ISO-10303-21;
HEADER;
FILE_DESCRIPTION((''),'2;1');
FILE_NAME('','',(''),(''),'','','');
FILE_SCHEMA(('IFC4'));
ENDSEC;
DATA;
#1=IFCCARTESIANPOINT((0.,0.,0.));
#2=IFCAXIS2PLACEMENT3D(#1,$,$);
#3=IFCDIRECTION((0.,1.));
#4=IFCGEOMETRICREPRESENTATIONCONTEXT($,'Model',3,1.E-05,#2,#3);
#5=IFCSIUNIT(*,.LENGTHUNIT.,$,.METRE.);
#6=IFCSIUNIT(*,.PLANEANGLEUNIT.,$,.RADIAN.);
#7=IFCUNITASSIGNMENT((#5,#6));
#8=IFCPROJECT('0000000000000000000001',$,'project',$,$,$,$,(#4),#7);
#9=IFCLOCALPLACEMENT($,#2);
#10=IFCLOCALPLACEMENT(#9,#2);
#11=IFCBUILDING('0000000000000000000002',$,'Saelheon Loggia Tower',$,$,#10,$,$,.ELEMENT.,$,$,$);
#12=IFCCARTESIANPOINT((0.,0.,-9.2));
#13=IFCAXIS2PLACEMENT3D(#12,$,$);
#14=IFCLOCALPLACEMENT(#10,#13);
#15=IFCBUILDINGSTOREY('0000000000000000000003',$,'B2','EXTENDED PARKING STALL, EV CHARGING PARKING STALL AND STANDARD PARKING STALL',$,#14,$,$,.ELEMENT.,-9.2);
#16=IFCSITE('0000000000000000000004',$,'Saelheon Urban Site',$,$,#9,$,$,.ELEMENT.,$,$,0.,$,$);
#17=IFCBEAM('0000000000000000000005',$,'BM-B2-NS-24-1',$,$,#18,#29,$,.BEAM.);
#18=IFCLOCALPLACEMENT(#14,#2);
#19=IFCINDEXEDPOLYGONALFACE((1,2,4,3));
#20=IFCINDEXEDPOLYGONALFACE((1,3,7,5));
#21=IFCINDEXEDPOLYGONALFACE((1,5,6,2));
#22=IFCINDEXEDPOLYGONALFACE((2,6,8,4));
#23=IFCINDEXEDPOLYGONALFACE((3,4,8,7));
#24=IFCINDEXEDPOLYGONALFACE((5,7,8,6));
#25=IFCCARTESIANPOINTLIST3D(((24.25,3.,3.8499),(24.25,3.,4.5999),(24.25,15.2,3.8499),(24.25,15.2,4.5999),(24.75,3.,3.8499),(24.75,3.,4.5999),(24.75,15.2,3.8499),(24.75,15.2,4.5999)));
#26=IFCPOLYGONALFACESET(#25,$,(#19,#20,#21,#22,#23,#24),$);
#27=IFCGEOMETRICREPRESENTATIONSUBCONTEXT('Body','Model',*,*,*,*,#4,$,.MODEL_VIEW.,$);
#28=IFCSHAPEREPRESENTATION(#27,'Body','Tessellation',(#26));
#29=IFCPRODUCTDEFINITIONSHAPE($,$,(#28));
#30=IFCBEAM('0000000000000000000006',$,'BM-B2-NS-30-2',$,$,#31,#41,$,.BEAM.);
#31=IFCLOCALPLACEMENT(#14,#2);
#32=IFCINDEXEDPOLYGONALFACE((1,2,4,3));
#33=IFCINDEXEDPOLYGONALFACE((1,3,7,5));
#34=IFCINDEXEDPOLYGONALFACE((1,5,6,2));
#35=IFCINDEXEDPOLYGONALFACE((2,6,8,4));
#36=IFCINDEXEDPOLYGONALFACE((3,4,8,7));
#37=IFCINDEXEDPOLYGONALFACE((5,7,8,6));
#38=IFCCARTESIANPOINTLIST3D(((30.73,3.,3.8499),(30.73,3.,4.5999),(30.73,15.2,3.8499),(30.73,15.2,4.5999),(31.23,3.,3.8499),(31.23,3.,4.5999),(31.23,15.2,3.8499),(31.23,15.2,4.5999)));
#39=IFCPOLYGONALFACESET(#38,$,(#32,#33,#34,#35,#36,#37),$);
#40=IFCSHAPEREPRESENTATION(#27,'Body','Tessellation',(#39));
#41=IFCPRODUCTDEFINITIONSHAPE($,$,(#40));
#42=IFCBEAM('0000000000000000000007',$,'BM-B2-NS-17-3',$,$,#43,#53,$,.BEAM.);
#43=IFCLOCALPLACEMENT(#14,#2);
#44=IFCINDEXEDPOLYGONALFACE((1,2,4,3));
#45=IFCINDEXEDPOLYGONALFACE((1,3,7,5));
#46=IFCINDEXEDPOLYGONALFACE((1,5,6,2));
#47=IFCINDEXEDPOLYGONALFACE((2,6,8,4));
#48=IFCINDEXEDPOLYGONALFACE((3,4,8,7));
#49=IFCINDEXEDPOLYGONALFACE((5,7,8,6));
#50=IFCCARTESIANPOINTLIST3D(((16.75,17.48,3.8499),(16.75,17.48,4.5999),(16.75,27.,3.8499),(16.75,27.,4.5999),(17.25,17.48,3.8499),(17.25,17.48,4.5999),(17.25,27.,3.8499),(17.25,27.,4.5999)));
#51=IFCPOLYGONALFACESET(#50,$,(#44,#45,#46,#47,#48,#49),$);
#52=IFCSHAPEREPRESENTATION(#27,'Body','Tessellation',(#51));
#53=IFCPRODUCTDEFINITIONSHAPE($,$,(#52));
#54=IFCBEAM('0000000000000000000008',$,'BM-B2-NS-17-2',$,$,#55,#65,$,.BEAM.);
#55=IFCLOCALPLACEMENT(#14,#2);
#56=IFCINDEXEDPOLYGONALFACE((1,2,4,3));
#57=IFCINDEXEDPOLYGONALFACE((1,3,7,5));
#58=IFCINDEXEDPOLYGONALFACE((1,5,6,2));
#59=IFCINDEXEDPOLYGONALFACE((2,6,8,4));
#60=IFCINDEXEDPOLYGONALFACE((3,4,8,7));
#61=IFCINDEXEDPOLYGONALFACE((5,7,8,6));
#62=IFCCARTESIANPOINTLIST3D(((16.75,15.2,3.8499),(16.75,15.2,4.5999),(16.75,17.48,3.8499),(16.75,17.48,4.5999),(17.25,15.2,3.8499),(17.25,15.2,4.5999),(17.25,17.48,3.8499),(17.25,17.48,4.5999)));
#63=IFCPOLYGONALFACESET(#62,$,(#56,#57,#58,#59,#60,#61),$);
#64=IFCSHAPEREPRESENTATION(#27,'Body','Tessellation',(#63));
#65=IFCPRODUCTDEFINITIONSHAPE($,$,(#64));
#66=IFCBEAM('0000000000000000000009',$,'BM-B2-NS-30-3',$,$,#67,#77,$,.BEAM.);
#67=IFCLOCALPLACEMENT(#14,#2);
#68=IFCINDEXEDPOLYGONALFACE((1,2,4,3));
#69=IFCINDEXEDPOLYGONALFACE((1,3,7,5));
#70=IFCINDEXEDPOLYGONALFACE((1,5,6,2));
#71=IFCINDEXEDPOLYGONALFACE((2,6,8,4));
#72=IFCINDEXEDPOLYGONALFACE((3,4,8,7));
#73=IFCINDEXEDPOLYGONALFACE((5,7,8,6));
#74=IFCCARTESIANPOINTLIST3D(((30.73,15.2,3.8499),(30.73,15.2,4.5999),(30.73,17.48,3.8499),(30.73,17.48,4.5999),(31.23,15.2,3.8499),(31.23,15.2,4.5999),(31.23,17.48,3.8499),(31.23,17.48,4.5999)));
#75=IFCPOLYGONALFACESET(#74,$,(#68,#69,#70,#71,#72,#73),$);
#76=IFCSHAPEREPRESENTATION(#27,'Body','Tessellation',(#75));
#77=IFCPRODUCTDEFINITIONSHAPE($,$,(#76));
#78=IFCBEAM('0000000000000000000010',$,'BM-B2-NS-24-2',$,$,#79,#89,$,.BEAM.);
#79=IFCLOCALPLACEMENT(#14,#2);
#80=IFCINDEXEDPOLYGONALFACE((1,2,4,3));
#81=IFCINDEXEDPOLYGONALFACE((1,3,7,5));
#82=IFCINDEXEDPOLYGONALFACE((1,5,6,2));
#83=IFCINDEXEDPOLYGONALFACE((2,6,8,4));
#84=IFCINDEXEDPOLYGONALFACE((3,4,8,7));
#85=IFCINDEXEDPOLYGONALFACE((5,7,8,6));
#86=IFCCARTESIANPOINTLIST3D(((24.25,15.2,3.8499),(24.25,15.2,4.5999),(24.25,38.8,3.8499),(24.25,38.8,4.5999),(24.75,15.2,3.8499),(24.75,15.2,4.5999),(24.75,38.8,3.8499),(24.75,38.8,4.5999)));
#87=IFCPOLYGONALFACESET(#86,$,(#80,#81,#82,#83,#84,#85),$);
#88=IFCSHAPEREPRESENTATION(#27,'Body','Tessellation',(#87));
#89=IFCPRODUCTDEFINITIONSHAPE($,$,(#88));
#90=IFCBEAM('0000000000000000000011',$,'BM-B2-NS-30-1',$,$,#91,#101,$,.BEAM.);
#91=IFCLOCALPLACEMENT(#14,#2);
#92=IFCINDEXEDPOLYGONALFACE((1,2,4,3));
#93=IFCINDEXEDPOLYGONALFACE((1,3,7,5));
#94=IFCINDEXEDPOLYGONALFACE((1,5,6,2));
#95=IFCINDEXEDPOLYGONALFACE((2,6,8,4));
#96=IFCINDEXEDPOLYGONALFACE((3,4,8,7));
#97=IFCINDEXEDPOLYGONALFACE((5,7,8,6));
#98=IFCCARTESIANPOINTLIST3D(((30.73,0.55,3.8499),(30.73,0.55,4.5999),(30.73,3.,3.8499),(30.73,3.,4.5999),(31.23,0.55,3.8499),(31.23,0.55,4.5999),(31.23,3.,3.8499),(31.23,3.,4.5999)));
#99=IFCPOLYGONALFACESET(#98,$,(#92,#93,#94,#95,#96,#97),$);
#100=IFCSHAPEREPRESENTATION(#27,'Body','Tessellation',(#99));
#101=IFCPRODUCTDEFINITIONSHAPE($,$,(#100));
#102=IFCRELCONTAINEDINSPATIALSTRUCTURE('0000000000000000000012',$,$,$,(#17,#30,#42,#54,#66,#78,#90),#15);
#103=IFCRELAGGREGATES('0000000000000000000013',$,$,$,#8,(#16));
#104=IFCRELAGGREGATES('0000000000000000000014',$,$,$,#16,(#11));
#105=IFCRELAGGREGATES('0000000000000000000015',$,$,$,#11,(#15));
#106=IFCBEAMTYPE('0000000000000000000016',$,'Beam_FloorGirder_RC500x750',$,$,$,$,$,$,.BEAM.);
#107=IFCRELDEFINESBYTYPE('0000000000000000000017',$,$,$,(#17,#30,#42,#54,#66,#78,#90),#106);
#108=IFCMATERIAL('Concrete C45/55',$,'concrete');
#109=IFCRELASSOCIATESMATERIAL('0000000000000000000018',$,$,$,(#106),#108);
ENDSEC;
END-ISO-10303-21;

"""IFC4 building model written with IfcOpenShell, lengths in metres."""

from ifc_helpers import new_model, si_unit, direction, frame, origin, origin_2d, place, context, subcontext, project, spatial, rectangle, extrude, source, transform, mapped, material, material_profile, profile_set, type_object, element, save


model = new_model("IFC4")

# Units and contexts
model_context = context("Model", 3, precision=1e-05, world=origin(), true_north=direction((0.0, 1.0)))
body_context = subcontext(model_context, "Body", "Model", "MODEL_VIEW")
ifc_project = project(units=[si_unit("LENGTHUNIT", "METRE"), si_unit("PLANEANGLEUNIT", "RADIAN")], contexts=[model_context])

# Site, building, storey
site_placement = place(None, origin())
site = spatial("IfcSite", under=ifc_project, at=site_placement, Name="Saelheon Urban Site", CompositionType="ELEMENT", RefElevation=0.0)
building_placement = place(site_placement, origin())
building = spatial("IfcBuilding", under=site, at=building_placement, Name="Saelheon Loggia Tower", CompositionType="ELEMENT")
storey_placement = place(building_placement, frame((0.0, 0.0, -9.2)))
storey = spatial("IfcBuildingStorey", under=building, at=storey_placement, Name="B2", Description="EXTENDED PARKING STALL, EV CHARGING PARKING STALL AND STANDARD PARKING STALL", CompositionType="ELEMENT", Elevation=-9.2)

# Beams
ifc_material_1 = material(Name="Concrete C45/55", Category="concrete")
ifc_material_profile_1 = material_profile(ifc_material_1, rectangle(XDim=0.5, YDim=0.75, at=origin_2d()), Name="RC-500x750")
ifc_profile_set_1 = profile_set([ifc_material_profile_1], Name="Concrete C45/55")
beam_type_1 = type_object("IfcBeamType", Name="Beam_FloorGirder_RC500x750", PredefinedType="BEAM", material=ifc_profile_set_1)
shared_shape_1 = source(origin(), body_context, "Body", "SweptSolid", [
    extrude(rectangle(XDim=0.5, YDim=0.75, at=origin_2d()), origin(), (0.0, 0.0, 1.0), 12.2),
])
for number, where, z_axis, x_axis, name in (
    (1, (24.5, 3.0, 4.2249), (0.0, 1.0, 0.0), (-1.0, 0.0, 0.0), "BM-B2-NS-24-1"),
    (2, (30.98, 3.0, 4.2249), (0.0, 1.0, 0.0), (-1.0, 0.0, 0.0), "BM-B2-NS-30-2"),
):
    element("IfcBeam", number, at=place(storey_placement, frame(where, z_axis=z_axis, x_axis=x_axis)), inside=storey, type_object=beam_type_1, Name=name, PredefinedType="BEAM", context=body_context, shape_type="MappedRepresentation", body=[
        mapped(shared_shape_1, transform((0.0, 0.0, 0.0), scale=1.0)),
    ])
shared_shape_2 = source(origin(), body_context, "Body", "SweptSolid", [
    extrude(rectangle(XDim=0.5, YDim=0.75, at=origin_2d()), origin(), (0.0, 0.0, 1.0), 9.52),
])
beam_1_placement = place(storey_placement, frame((17.0, 17.48, 4.2249), z_axis=(0.0, 1.0, 0.0), x_axis=(-1.0, 0.0, 0.0)))
element("IfcBeam", 3, at=beam_1_placement, inside=storey, type_object=beam_type_1, Name="BM-B2-NS-17-3", PredefinedType="BEAM", context=body_context, shape_type="MappedRepresentation", body=[
    mapped(shared_shape_2, transform((0.0, 0.0, 0.0), scale=1.0)),
])
shared_shape_3 = source(origin(), body_context, "Body", "SweptSolid", [
    extrude(rectangle(XDim=0.5, YDim=0.75, at=origin_2d()), origin(), (0.0, 0.0, 1.0), 2.28),
])
for number, where, z_axis, x_axis, name in (
    (4, (17.0, 15.2, 4.2249), (0.0, 1.0, 0.0), (-1.0, 0.0, 0.0), "BM-B2-NS-17-2"),
    (5, (30.98, 15.2, 4.2249), (0.0, 1.0, 0.0), (-1.0, 0.0, 0.0), "BM-B2-NS-30-3"),
):
    element("IfcBeam", number, at=place(storey_placement, frame(where, z_axis=z_axis, x_axis=x_axis)), inside=storey, type_object=beam_type_1, Name=name, PredefinedType="BEAM", context=body_context, shape_type="MappedRepresentation", body=[
        mapped(shared_shape_3, transform((0.0, 0.0, 0.0), scale=1.0)),
    ])
shared_shape_4 = source(origin(), body_context, "Body", "SweptSolid", [
    extrude(rectangle(XDim=0.5, YDim=0.75, at=origin_2d()), origin(), (0.0, 0.0, 1.0), 23.6001),
])
beam_2_placement = place(storey_placement, frame((24.5, 15.2, 4.2249), z_axis=(0.0, 1.0, 0.0), x_axis=(-1.0, 0.0, 0.0)))
element("IfcBeam", 6, at=beam_2_placement, inside=storey, type_object=beam_type_1, Name="BM-B2-NS-24-2", PredefinedType="BEAM", context=body_context, shape_type="MappedRepresentation", body=[
    mapped(shared_shape_4, transform((0.0, 0.0, 0.0), scale=1.0)),
])
shared_shape_5 = source(origin(), body_context, "Body", "SweptSolid", [
    extrude(rectangle(XDim=0.5, YDim=0.75, at=origin_2d()), origin(), (0.0, 0.0, 1.0), 2.45),
])
beam_3_placement = place(storey_placement, frame((30.98, 0.55, 4.2249), z_axis=(0.0, 1.0, 0.0), x_axis=(-1.0, 0.0, 0.0)))
element("IfcBeam", 7, at=beam_3_placement, inside=storey, type_object=beam_type_1, Name="BM-B2-NS-30-1", PredefinedType="BEAM", context=body_context, shape_type="MappedRepresentation", body=[
    mapped(shared_shape_5, transform((0.0, 0.0, 0.0), scale=1.0)),
])

save(model, "model.ifc")
